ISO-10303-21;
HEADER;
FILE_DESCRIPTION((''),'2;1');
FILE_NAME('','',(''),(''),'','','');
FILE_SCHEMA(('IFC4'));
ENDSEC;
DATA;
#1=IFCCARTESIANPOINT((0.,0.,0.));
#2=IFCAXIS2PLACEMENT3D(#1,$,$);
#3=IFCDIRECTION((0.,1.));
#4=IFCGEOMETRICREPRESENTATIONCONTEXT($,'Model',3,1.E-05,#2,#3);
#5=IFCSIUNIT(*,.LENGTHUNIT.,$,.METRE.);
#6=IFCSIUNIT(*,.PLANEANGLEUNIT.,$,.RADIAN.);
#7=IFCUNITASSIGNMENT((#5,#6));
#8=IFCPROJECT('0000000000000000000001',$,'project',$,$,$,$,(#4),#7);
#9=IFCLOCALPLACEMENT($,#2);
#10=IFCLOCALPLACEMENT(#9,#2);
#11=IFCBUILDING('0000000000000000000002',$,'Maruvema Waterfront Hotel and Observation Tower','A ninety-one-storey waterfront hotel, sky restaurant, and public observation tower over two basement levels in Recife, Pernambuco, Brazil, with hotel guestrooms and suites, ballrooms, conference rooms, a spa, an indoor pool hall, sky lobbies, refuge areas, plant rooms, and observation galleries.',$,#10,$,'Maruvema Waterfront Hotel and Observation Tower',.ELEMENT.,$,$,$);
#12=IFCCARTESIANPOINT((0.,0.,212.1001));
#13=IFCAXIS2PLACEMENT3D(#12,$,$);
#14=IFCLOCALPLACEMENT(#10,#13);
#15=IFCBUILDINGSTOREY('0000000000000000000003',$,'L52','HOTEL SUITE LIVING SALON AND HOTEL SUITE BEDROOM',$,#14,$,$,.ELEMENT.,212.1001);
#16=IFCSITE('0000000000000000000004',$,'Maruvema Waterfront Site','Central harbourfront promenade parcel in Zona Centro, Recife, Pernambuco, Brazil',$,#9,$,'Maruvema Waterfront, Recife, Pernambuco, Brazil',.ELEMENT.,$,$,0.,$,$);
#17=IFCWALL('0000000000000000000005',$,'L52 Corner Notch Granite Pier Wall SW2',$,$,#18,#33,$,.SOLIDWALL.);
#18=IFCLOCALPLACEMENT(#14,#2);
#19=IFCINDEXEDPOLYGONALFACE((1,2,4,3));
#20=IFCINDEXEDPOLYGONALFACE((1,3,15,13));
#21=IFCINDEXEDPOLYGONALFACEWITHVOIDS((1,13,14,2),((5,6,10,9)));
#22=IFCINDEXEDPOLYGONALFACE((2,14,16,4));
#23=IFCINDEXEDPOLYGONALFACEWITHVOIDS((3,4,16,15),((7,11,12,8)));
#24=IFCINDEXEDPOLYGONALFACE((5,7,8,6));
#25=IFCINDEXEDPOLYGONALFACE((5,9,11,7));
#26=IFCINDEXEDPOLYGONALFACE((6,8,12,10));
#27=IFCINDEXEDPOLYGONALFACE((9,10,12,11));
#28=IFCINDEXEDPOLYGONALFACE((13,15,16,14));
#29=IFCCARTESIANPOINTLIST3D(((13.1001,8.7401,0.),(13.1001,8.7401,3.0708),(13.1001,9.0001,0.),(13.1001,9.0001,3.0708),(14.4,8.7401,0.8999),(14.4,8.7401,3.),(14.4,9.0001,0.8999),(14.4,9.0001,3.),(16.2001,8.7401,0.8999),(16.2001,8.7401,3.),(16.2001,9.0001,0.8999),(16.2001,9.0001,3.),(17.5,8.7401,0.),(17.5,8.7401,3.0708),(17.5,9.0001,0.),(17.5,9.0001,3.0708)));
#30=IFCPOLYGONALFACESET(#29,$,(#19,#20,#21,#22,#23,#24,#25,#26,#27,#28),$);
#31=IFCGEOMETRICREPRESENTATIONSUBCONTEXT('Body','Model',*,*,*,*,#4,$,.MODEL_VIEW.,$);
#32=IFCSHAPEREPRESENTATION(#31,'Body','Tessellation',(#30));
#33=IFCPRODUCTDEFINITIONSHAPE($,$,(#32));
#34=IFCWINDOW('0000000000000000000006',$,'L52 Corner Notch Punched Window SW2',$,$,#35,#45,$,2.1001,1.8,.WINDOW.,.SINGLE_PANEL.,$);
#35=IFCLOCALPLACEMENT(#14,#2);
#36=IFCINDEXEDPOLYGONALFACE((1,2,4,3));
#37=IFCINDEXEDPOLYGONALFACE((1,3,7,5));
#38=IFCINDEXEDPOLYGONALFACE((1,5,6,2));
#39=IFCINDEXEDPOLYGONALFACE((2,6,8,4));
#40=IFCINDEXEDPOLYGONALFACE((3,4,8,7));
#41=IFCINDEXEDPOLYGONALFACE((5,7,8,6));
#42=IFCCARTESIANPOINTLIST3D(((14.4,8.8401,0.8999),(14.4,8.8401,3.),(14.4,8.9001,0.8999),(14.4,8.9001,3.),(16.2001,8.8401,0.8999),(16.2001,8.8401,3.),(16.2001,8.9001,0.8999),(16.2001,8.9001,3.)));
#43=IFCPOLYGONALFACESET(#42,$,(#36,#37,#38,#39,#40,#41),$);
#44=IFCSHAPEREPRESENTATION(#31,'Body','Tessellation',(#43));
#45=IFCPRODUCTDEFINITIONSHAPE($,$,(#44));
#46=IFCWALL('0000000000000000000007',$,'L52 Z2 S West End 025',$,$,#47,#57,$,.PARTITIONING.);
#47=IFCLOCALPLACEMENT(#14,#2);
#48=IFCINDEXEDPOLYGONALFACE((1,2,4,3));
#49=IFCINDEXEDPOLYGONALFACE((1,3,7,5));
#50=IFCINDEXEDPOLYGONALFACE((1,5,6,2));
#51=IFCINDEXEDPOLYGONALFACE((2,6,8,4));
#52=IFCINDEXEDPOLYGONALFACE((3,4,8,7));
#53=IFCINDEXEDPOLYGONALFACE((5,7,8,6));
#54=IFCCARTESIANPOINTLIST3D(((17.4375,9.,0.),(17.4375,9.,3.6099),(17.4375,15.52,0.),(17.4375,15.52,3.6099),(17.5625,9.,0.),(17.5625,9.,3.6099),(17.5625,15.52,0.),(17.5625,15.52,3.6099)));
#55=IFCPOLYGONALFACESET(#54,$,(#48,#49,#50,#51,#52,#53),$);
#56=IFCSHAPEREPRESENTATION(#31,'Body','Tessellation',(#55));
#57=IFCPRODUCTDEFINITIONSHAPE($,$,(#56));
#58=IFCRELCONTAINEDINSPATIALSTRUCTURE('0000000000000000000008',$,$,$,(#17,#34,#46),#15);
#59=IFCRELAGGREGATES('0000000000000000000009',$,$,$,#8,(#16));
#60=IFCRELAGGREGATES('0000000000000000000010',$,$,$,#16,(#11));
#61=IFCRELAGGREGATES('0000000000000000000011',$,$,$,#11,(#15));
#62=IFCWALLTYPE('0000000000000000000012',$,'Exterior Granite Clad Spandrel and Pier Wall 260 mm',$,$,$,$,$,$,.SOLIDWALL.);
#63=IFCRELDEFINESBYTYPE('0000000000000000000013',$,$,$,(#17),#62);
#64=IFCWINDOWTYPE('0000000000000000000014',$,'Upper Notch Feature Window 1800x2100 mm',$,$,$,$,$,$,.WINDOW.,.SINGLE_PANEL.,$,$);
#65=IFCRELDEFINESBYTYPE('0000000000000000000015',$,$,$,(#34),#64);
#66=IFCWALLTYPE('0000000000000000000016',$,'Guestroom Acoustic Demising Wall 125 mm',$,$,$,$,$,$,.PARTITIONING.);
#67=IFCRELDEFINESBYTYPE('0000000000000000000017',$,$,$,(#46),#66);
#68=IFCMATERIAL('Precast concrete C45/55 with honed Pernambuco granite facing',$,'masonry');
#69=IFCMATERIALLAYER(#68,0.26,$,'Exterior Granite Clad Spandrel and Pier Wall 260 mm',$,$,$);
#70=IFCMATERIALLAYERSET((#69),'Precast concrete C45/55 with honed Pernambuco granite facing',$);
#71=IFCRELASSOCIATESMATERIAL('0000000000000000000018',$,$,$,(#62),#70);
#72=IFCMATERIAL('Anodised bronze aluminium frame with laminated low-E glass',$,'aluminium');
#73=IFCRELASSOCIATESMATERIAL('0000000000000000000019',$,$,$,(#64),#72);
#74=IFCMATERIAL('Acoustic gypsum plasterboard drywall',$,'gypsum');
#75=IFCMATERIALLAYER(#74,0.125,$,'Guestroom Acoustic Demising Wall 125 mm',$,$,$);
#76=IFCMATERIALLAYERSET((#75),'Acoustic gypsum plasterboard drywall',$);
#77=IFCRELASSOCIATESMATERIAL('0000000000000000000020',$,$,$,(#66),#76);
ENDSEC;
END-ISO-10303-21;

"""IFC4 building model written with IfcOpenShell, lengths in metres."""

from ifc_helpers import new_model, si_unit, direction, frame, frame_2d, origin, place, context, subcontext, project, spatial, rectangle, extrude, material, layer, layer_set, type_object, element, fill, save


model = new_model("IFC4")

# Units and contexts
model_context = context("Model", 3, precision=1e-05, world=origin(), true_north=direction((0.0, 1.0)))
body_context = subcontext(model_context, "Body", "Model", "MODEL_VIEW")
ifc_project = project(units=[si_unit("LENGTHUNIT", "METRE"), si_unit("PLANEANGLEUNIT", "RADIAN")], contexts=[model_context])

# Site, building, storey
site_placement = place(None, origin())
site = spatial("IfcSite", under=ifc_project, at=site_placement, Name="Maruvema Waterfront Site", Description="Central harbourfront promenade parcel in Zona Centro, Recife, Pernambuco, Brazil", LongName="Maruvema Waterfront, Recife, Pernambuco, Brazil", CompositionType="ELEMENT", RefElevation=0.0)
building_placement = place(site_placement, origin())
building = spatial("IfcBuilding", under=site, at=building_placement, Name="Maruvema Waterfront Hotel and Observation Tower", Description="A ninety-one-storey waterfront hotel, sky restaurant, and public observation tower over two basement levels in Recife, Pernambuco, Brazil, with hotel guestrooms and suites, ballrooms, conference rooms, a spa, an indoor pool hall, sky lobbies, refuge areas, plant rooms, and observation galleries.", LongName="Maruvema Waterfront Hotel and Observation Tower", CompositionType="ELEMENT")
storey_placement = place(building_placement, frame((0.0, 0.0, 212.1001)))
storey = spatial("IfcBuildingStorey", under=building, at=storey_placement, Name="L52", Description="HOTEL SUITE LIVING SALON AND HOTEL SUITE BEDROOM", CompositionType="ELEMENT", Elevation=212.1001)

# Wall, opening, window
ifc_material_1 = material(Name="Precast concrete C45/55 with honed Pernambuco granite facing", Category="masonry")
ifc_layer_1 = layer(ifc_material_1, 0.26, Name="Exterior Granite Clad Spandrel and Pier Wall 260 mm")
ifc_layer_set_1 = layer_set([ifc_layer_1], Name="Precast concrete C45/55 with honed Pernambuco granite facing")
wall_type_1 = type_object("IfcWallType", Name="Exterior Granite Clad Spandrel and Pier Wall 260 mm", PredefinedType="SOLIDWALL", material=ifc_layer_set_1)
ifc_material_2 = material(Name="Anodised bronze aluminium frame with laminated low-E glass", Category="aluminium")
window_type = type_object("IfcWindowType", Name="Upper Notch Feature Window 1800x2100 mm", PartitioningType="SINGLE_PANEL", PredefinedType="WINDOW", material=ifc_material_2)
wall_1_placement = place(storey_placement, frame((17.5, 8.8701, 0.0), z_axis=(0.0, 0.0, 1.0), x_axis=(-1.0, 0.0, 0.0)))
wall_1 = element("IfcWall", 1, at=wall_1_placement, inside=storey, type_object=wall_type_1, Name="L52 Corner Notch Granite Pier Wall SW2", PredefinedType="SOLIDWALL", context=body_context, shape_type="SweptSolid", body=[
    extrude(rectangle(XDim=4.3999, YDim=0.26, at=frame_2d((2.2, 0.0))), origin(), (0.0, 0.0, 1.0), 3.0708),
])
opening_1_placement = place(wall_1_placement, frame((1.3, 0.0, 0.8999)))
opening_1 = element("IfcOpeningElement", 2, at=opening_1_placement, cuts=wall_1, PredefinedType="OPENING", context=body_context, shape_type="SweptSolid", body=[
    extrude(rectangle(XDim=1.8, YDim=2.1001, at=frame_2d((0.8999, 1.05))), frame((0.0, 0.1401, 0.0), z_axis=(0.0, -1.0, 0.0), x_axis=(1.0, 0.0, 0.0)), (0.0, 0.0, 1.0), 0.28),
])
window_1_placement = place(opening_1_placement, origin())
window_1 = element("IfcWindow", 3, at=window_1_placement, inside=storey, type_object=window_type, Name="L52 Corner Notch Punched Window SW2", OverallHeight=2.1001, OverallWidth=1.8, PartitioningType="SINGLE_PANEL", PredefinedType="WINDOW", context=body_context, shape_type="SweptSolid", body=[
    extrude(rectangle(XDim=1.8, YDim=2.1001, at=frame_2d((0.8999, 1.05))), frame((0.0, 0.03, 0.0), z_axis=(0.0, -1.0, 0.0), x_axis=(1.0, 0.0, 0.0)), (0.0, 0.0, 1.0), 0.0601),
])
fill(opening_1, window_1)

# Wall
ifc_material_3 = material(Name="Acoustic gypsum plasterboard drywall", Category="gypsum")
ifc_layer_2 = layer(ifc_material_3, 0.125, Name="Guestroom Acoustic Demising Wall 125 mm")
ifc_layer_set_2 = layer_set([ifc_layer_2], Name="Acoustic gypsum plasterboard drywall")
wall_type_2 = type_object("IfcWallType", Name="Guestroom Acoustic Demising Wall 125 mm", PredefinedType="PARTITIONING", material=ifc_layer_set_2)
wall_2_placement = place(storey_placement, frame((17.5, 9.0, 0.0), z_axis=(0.0, 0.0, 1.0), x_axis=(0.0, 1.0, 0.0)))
element("IfcWall", 4, at=wall_2_placement, inside=storey, type_object=wall_type_2, Name="L52 Z2 S West End 025", PredefinedType="PARTITIONING", context=body_context, shape_type="SweptSolid", body=[
    extrude(rectangle(XDim=6.52, YDim=0.125, at=frame_2d((3.26, 0.0))), origin(), (0.0, 0.0, 1.0), 3.6099),
])

save(model, "model.ifc")
